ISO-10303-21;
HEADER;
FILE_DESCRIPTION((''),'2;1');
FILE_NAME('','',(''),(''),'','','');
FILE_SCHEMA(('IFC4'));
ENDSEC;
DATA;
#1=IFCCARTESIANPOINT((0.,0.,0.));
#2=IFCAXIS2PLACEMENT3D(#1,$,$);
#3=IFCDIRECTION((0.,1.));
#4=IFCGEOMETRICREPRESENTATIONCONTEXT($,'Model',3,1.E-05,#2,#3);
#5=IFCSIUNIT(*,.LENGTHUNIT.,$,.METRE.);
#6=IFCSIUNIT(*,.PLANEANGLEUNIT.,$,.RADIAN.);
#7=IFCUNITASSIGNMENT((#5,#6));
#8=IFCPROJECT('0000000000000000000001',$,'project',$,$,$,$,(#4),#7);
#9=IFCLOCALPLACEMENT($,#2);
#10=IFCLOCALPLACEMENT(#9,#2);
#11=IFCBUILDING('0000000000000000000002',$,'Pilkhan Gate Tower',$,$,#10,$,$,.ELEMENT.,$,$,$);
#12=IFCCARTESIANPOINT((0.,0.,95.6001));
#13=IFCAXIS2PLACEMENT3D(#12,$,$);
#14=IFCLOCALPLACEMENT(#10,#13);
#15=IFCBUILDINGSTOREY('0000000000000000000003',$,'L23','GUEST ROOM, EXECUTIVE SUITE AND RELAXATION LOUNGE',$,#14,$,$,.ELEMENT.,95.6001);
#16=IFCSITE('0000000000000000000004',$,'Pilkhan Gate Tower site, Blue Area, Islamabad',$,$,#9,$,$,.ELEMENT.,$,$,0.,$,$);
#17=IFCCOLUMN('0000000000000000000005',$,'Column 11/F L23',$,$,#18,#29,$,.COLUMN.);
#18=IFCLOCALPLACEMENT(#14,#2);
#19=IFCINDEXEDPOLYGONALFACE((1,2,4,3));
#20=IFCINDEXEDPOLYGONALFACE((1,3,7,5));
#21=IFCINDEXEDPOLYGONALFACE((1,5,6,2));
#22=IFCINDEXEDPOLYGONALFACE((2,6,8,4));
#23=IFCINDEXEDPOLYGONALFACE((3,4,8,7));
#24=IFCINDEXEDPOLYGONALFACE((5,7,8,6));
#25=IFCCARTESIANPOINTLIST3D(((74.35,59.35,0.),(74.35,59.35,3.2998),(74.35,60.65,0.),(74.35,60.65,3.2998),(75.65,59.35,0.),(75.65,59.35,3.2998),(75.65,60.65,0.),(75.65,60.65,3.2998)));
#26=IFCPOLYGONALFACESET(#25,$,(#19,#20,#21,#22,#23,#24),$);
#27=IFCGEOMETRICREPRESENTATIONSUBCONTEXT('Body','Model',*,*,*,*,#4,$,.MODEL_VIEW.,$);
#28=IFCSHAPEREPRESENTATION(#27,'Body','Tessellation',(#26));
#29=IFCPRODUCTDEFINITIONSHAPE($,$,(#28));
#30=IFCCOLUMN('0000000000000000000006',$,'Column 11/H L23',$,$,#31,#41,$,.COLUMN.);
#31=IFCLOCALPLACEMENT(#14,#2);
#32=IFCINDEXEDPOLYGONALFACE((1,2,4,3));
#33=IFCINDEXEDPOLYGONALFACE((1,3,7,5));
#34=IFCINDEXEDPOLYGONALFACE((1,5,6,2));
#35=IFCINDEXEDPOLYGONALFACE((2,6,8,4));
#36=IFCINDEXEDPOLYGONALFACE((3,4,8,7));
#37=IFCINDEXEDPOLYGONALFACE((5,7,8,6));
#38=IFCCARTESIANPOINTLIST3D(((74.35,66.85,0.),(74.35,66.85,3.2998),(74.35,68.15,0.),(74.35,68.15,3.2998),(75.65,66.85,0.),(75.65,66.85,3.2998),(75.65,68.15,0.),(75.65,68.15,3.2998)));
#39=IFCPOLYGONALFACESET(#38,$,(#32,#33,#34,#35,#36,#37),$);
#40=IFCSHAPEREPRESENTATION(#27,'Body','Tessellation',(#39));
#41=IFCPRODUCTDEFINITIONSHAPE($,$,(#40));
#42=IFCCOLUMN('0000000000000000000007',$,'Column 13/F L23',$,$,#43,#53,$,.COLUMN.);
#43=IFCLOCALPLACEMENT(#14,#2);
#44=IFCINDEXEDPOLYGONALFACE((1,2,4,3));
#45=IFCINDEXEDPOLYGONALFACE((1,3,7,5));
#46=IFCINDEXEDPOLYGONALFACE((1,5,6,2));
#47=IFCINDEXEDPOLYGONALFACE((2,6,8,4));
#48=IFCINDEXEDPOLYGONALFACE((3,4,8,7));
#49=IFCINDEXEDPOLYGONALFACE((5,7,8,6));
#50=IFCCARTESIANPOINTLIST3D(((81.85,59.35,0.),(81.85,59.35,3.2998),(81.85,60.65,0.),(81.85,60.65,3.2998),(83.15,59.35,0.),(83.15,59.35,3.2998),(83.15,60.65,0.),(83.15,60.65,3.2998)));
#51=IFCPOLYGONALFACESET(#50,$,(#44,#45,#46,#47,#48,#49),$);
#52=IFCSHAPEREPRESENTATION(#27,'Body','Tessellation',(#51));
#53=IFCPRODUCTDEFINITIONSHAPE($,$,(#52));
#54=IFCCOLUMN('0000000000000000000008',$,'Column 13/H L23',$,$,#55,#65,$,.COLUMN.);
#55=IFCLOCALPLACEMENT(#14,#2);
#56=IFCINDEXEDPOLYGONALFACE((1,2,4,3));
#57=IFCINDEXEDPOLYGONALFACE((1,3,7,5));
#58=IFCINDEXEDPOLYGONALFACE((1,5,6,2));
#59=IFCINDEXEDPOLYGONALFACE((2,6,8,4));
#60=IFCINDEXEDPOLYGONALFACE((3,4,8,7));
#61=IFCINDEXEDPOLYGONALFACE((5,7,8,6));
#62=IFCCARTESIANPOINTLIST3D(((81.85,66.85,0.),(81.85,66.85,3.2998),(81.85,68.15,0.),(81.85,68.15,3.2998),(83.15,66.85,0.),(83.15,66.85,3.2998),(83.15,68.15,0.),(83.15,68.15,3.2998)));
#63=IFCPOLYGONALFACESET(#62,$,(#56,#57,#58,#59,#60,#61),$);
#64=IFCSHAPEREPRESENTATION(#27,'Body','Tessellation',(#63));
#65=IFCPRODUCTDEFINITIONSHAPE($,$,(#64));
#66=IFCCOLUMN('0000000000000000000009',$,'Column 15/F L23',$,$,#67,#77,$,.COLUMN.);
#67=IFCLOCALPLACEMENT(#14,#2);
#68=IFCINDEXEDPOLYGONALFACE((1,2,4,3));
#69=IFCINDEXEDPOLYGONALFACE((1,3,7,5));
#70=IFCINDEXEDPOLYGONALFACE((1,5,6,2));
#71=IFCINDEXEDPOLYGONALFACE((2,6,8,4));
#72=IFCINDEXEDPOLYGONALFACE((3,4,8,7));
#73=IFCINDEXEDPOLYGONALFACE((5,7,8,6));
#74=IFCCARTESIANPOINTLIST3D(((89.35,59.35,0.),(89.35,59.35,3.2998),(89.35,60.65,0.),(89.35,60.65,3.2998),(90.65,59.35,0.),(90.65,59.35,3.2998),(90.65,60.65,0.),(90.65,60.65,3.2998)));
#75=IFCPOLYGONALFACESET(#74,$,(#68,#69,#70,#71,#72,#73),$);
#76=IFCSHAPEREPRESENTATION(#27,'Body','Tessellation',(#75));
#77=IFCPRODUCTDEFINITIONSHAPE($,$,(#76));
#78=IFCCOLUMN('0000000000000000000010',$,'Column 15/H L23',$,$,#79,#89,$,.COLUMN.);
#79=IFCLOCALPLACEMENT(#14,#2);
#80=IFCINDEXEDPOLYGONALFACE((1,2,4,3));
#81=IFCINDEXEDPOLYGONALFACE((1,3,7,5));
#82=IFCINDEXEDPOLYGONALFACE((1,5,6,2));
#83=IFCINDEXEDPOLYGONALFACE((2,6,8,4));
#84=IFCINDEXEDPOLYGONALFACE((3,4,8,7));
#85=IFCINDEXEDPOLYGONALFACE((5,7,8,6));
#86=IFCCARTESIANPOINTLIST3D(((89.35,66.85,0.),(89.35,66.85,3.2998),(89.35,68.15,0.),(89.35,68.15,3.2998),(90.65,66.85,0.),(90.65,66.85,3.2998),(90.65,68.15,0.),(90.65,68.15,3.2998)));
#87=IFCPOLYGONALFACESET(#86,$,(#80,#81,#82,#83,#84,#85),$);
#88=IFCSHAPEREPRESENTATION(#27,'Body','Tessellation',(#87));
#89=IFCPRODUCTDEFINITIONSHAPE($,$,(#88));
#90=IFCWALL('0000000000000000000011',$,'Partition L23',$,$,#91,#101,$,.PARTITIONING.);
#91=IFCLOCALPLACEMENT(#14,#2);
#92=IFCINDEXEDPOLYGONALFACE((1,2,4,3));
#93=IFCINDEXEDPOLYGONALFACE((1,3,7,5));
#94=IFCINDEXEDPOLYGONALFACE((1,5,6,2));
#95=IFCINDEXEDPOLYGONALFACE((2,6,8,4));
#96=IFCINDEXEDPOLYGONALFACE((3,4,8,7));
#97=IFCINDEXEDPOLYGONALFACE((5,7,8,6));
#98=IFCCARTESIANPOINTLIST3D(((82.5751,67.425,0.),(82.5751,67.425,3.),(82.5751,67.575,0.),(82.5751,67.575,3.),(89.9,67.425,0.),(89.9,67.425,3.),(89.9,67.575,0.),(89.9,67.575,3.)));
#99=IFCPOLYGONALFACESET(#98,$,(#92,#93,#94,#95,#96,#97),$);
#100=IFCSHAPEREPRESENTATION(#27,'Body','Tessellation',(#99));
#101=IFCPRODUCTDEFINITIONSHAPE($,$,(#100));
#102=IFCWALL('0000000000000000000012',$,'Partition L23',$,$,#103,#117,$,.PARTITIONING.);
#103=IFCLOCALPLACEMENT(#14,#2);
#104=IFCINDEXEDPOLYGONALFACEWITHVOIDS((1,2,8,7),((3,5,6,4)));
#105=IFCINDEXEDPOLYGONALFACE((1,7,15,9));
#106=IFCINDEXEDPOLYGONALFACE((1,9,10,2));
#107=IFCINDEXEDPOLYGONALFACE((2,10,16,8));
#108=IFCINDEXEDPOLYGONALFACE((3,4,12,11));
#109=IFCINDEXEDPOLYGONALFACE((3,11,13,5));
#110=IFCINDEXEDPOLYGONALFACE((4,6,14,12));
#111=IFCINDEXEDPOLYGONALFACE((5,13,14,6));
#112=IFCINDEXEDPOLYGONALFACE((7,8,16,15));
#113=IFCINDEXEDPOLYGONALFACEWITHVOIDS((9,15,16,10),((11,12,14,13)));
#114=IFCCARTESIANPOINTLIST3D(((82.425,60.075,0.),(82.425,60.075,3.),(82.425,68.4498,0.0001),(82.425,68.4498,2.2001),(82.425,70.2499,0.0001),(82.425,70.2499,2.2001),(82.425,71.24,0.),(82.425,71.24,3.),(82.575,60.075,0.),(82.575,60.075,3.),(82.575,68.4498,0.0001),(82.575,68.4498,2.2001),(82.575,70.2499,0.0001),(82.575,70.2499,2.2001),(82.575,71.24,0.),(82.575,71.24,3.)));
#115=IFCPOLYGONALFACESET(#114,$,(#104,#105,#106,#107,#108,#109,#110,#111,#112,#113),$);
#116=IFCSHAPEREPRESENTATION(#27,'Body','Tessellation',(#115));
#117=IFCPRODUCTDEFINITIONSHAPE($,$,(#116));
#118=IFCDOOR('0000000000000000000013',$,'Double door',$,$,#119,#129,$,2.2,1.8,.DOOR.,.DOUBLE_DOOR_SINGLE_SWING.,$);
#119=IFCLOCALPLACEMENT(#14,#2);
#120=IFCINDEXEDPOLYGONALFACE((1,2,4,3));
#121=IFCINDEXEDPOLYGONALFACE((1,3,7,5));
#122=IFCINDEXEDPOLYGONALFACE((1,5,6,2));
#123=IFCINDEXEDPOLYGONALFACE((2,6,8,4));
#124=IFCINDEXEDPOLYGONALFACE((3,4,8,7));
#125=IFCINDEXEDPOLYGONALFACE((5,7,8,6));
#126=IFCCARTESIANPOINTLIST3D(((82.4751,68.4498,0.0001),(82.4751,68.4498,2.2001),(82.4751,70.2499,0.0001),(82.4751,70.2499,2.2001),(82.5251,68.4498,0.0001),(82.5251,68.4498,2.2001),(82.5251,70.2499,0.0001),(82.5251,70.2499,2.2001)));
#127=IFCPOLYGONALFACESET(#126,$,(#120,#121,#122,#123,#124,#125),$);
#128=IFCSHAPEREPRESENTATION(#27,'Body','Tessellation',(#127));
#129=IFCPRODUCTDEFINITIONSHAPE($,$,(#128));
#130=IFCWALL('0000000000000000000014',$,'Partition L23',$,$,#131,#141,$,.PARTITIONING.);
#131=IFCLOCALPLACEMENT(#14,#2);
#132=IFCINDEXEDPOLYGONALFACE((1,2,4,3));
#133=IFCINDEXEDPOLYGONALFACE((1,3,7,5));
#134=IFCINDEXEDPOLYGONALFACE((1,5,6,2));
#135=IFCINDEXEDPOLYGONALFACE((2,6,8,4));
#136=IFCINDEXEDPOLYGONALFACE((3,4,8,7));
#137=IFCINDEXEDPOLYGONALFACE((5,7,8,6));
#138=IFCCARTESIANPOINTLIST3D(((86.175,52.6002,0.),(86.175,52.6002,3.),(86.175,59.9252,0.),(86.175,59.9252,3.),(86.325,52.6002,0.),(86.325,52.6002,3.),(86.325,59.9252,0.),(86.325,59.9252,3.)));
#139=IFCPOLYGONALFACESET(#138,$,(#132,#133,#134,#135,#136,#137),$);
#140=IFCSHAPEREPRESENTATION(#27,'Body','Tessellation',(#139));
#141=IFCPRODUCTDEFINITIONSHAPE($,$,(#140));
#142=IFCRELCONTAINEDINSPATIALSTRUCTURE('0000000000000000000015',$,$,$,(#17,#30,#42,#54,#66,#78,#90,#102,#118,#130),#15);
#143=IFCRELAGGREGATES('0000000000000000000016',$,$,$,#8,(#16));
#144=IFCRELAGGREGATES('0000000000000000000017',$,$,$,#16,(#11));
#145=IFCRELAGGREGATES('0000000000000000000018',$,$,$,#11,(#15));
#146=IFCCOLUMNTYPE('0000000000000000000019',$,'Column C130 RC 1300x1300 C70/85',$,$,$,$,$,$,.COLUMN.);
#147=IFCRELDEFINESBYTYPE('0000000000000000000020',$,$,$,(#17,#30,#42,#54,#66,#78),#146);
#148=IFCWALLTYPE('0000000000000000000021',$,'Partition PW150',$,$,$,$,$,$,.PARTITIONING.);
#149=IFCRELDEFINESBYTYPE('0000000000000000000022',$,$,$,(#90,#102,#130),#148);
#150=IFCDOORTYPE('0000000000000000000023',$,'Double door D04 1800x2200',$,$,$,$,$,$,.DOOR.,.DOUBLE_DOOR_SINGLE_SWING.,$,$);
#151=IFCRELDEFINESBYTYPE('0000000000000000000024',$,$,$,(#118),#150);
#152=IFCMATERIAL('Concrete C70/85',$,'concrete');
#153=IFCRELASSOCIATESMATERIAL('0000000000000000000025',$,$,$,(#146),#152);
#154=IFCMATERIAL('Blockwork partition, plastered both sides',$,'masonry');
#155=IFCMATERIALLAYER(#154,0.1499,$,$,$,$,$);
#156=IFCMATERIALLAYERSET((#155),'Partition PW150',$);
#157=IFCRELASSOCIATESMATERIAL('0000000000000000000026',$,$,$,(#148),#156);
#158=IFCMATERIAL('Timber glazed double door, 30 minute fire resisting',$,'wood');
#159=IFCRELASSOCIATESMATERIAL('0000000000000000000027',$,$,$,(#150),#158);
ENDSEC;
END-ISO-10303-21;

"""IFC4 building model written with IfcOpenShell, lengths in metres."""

from ifc_helpers import new_model, si_unit, direction, frame, frame_2d, origin, origin_2d, place, context, subcontext, project, spatial, rectangle, extrude, material, layer, layer_set, material_profile, profile_set, type_object, element, fill, save


model = new_model("IFC4")

# Units and contexts
model_context = context("Model", 3, precision=1e-05, world=origin(), true_north=direction((0.0, 1.0)))
body_context = subcontext(model_context, "Body", "Model", "MODEL_VIEW")
ifc_project = project(units=[si_unit("LENGTHUNIT", "METRE"), si_unit("PLANEANGLEUNIT", "RADIAN")], contexts=[model_context])

# Site, building, storey
site_placement = place(None, origin())
site = spatial("IfcSite", under=ifc_project, at=site_placement, Name="Pilkhan Gate Tower site, Blue Area, Islamabad", CompositionType="ELEMENT", RefElevation=0.0)
building_placement = place(site_placement, origin())
building = spatial("IfcBuilding", under=site, at=building_placement, Name="Pilkhan Gate Tower", CompositionType="ELEMENT")
storey_placement = place(building_placement, frame((0.0, 0.0, 95.6001)))
storey = spatial("IfcBuildingStorey", under=building, at=storey_placement, Name="L23", Description="GUEST ROOM, EXECUTIVE SUITE AND RELAXATION LOUNGE", CompositionType="ELEMENT", Elevation=95.6001)

# Columns
ifc_material_1 = material(Name="Concrete C70/85", Category="concrete")
ifc_material_profile = material_profile(ifc_material_1, rectangle(XDim=1.3, YDim=1.3, at=origin_2d()), Name="RC 1300x1300")
ifc_profile_set = profile_set([ifc_material_profile], Name="Concrete C70/85")
column_type = type_object("IfcColumnType", Name="Column C130 RC 1300x1300 C70/85", PredefinedType="COLUMN", material=ifc_profile_set)
for number, where, z_axis, x_axis, name in (
    (1, (75.0, 60.0, 0.0), (0.0, 0.0, 1.0), (1.0, 0.0, 0.0), "Column 11/F L23"),
    (2, (75.0, 67.5, 0.0), (0.0, 0.0, 1.0), (1.0, 0.0, 0.0), "Column 11/H L23"),
    (3, (82.5, 60.0, 0.0), (0.0, 0.0, 1.0), (1.0, 0.0, 0.0), "Column 13/F L23"),
    (4, (82.5, 67.5, 0.0), (0.0, 0.0, 1.0), (1.0, 0.0, 0.0), "Column 13/H L23"),
    (5, (90.0, 60.0, 0.0), (0.0, 0.0, 1.0), (1.0, 0.0, 0.0), "Column 15/F L23"),
    (6, (90.0, 67.5, 0.0), (0.0, 0.0, 1.0), (1.0, 0.0, 0.0), "Column 15/H L23"),
):
    element("IfcColumn", number, at=place(storey_placement, frame(where, z_axis=z_axis, x_axis=x_axis)), inside=storey, type_object=column_type, Name=name, PredefinedType="COLUMN", context=body_context, shape_type="SweptSolid", body=[
        extrude(rectangle(XDim=1.3, YDim=1.3, at=origin_2d()), origin(), (0.0, 0.0, 1.0), 3.2998),
    ])

# Wall
ifc_material_2 = material(Name="Blockwork partition, plastered both sides", Category="masonry")
ifc_layer = layer(ifc_material_2, 0.1499)
ifc_layer_set = layer_set([ifc_layer], Name="Partition PW150")
wall_type = type_object("IfcWallType", Name="Partition PW150", PredefinedType="PARTITIONING", material=ifc_layer_set)
wall_1_placement = place(storey_placement, frame((82.575, 67.5, 0.0), z_axis=(0.0, 0.0, 1.0), x_axis=(1.0, 0.0, 0.0)))
element("IfcWall", 7, at=wall_1_placement, inside=storey, type_object=wall_type, Name="Partition L23", PredefinedType="PARTITIONING", context=body_context, shape_type="SweptSolid", body=[
    extrude(rectangle(XDim=7.325, YDim=0.1499, at=frame_2d((3.6626, 0.0))), origin(), (0.0, 0.0, 1.0), 3.0),
])

# Wall, opening, door
wall_2_placement = place(storey_placement, frame((82.5, 60.075, 0.0), z_axis=(0.0, 0.0, 1.0), x_axis=(0.0, 1.0, 0.0)))
wall_2 = element("IfcWall", 8, at=wall_2_placement, inside=storey, type_object=wall_type, Name="Partition L23", PredefinedType="PARTITIONING", context=body_context, shape_type="SweptSolid", body=[
    extrude(rectangle(XDim=11.165, YDim=0.1499, at=frame_2d((5.5825, 0.0))), origin(), (0.0, 0.0, 1.0), 3.0),
])
opening_placement = place(wall_2_placement, frame((8.375, 0.0, 0.0)))
opening = element("IfcOpeningElement", 9, at=opening_placement, cuts=wall_2, PredefinedType="OPENING", context=body_context, shape_type="SweptSolid", body=[
    extrude(rectangle(XDim=1.8, YDim=2.2, at=frame_2d((0.8999, 1.1001))), frame((0.0, 0.085, 0.0), z_axis=(0.0, -1.0, 0.0), x_axis=(1.0, 0.0, 0.0)), (0.0, 0.0, 1.0), 0.1699),
])
ifc_material_3 = material(Name="Timber glazed double door, 30 minute fire resisting", Category="wood")
door_type = type_object("IfcDoorType", Name="Double door D04 1800x2200", OperationType="DOUBLE_DOOR_SINGLE_SWING", PredefinedType="DOOR", material=ifc_material_3)
door_placement = place(opening_placement, origin())
door = element("IfcDoor", 10, at=door_placement, inside=storey, type_object=door_type, Name="Double door", OperationType="DOUBLE_DOOR_SINGLE_SWING", OverallHeight=2.2, OverallWidth=1.8, PredefinedType="DOOR", context=body_context, shape_type="SweptSolid", body=[
    extrude(rectangle(XDim=1.8, YDim=2.2, at=frame_2d((0.8999, 1.1001))), frame((0.0, 0.0249, 0.0), z_axis=(0.0, -1.0, 0.0), x_axis=(1.0, 0.0, 0.0)), (0.0, 0.0, 1.0), 0.05),
])
fill(opening, door)

# Wall
wall_3_placement = place(storey_placement, frame((86.25, 52.6001, 0.0), z_axis=(0.0, 0.0, 1.0), x_axis=(0.0, 1.0, 0.0)))
element("IfcWall", 11, at=wall_3_placement, inside=storey, type_object=wall_type, Name="Partition L23", PredefinedType="PARTITIONING", context=body_context, shape_type="SweptSolid", body=[
    extrude(rectangle(XDim=7.325, YDim=0.1499, at=frame_2d((3.6626, 0.0))), origin(), (0.0, 0.0, 1.0), 3.0),
])

save(model, "model.ifc")
